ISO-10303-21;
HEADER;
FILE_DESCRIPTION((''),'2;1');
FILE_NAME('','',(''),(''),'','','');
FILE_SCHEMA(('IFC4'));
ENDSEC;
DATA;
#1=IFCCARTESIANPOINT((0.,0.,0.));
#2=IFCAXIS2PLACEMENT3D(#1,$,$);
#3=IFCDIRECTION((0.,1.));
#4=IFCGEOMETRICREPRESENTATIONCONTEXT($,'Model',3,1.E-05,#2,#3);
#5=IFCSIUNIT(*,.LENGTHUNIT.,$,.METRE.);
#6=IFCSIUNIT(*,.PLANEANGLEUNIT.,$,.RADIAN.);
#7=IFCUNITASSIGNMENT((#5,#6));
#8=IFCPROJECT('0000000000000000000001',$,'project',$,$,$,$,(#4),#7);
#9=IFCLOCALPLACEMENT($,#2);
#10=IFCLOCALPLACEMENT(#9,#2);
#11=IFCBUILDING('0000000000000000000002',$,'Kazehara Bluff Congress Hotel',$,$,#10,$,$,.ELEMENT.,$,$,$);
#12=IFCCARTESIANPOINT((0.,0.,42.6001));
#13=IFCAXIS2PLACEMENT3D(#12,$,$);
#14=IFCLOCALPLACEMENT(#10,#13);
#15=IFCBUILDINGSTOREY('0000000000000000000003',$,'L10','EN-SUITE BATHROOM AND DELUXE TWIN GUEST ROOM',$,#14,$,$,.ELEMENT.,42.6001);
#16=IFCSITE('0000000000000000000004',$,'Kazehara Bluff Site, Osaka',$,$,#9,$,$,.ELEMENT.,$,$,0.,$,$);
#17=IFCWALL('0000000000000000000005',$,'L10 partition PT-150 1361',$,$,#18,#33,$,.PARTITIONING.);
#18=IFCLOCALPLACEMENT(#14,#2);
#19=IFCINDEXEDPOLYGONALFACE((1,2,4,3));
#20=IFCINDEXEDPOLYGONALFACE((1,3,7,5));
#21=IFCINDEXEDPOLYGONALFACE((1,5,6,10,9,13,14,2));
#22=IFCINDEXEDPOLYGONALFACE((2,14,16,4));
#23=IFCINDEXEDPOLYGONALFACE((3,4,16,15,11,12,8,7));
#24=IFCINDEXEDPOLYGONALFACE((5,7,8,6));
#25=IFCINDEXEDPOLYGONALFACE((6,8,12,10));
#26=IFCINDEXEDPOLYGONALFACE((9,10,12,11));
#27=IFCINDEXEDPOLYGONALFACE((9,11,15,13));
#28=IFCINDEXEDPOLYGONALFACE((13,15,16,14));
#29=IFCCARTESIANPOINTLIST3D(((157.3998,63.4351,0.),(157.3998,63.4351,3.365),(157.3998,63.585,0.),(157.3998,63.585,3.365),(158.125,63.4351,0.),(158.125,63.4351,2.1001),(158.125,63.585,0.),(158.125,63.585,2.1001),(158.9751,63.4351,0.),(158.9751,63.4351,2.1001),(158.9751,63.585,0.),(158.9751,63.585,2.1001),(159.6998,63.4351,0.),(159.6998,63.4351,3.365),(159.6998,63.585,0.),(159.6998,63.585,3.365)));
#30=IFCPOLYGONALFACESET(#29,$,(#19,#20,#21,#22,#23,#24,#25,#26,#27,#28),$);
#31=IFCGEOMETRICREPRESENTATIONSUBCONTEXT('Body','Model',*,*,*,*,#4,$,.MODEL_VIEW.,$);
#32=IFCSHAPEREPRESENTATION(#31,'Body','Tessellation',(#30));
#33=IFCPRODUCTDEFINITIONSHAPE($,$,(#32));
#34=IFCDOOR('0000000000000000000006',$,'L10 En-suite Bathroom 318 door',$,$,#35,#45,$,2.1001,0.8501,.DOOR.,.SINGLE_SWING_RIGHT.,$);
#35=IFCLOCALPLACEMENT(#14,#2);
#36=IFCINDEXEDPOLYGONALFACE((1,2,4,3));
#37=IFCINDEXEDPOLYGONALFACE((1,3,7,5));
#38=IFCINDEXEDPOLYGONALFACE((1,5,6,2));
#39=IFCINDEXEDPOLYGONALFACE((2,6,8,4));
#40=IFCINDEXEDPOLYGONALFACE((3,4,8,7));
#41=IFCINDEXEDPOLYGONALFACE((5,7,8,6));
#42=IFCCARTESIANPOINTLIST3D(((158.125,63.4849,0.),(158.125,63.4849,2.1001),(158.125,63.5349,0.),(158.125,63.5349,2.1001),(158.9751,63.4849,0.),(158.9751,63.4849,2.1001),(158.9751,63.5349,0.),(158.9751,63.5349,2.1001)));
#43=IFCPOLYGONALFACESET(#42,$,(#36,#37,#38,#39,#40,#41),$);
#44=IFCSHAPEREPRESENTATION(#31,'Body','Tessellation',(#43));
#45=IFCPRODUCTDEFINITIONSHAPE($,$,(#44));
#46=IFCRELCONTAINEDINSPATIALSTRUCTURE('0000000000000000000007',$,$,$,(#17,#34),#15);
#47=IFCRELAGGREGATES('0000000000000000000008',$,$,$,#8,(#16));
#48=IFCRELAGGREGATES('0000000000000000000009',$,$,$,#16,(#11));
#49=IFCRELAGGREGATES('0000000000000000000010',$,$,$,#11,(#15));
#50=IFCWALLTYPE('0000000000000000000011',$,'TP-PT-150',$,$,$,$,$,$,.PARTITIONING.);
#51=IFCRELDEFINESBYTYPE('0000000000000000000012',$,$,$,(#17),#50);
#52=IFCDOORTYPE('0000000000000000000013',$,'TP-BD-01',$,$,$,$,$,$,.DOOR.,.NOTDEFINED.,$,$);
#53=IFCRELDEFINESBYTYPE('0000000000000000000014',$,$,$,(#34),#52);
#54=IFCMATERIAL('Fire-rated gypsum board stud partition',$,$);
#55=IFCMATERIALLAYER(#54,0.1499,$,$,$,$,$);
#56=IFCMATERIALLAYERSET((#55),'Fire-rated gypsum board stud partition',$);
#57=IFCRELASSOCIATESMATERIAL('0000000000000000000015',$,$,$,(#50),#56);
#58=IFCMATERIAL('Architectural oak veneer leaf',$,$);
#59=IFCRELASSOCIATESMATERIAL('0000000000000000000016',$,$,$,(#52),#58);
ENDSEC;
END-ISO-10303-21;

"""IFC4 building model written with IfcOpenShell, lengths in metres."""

from ifc_helpers import new_model, si_unit, direction, frame, frame_2d, origin, place, context, subcontext, project, spatial, rectangle, extrude, material, layer, layer_set, type_object, element, fill, save


model = new_model("IFC4")

# Units and contexts
model_context = context("Model", 3, precision=1e-05, world=origin(), true_north=direction((0.0, 1.0)))
body_context = subcontext(model_context, "Body", "Model", "MODEL_VIEW")
ifc_project = project(units=[si_unit("LENGTHUNIT", "METRE"), si_unit("PLANEANGLEUNIT", "RADIAN")], contexts=[model_context])

# Site, building, storey
site_placement = place(None, origin())
site = spatial("IfcSite", under=ifc_project, at=site_placement, Name="Kazehara Bluff Site, Osaka", CompositionType="ELEMENT", RefElevation=0.0)
building_placement = place(site_placement, origin())
building = spatial("IfcBuilding", under=site, at=building_placement, Name="Kazehara Bluff Congress Hotel", CompositionType="ELEMENT")
storey_placement = place(building_placement, frame((0.0, 0.0, 42.6001)))
storey = spatial("IfcBuildingStorey", under=building, at=storey_placement, Name="L10", Description="EN-SUITE BATHROOM AND DELUXE TWIN GUEST ROOM", CompositionType="ELEMENT", Elevation=42.6001)

# Shared definitions
ifc_material_1 = material(Name="Fire-rated gypsum board stud partition")
ifc_layer = layer(ifc_material_1, 0.1499)
ifc_layer_set = layer_set([ifc_layer], Name="Fire-rated gypsum board stud partition")
wall_type = type_object("IfcWallType", Name="TP-PT-150", PredefinedType="PARTITIONING", material=ifc_layer_set)
ifc_material_2 = material(Name="Architectural oak veneer leaf")
door_type_1 = type_object("IfcDoorType", Name="TP-BD-01", OperationType="NOTDEFINED", PredefinedType="DOOR", material=ifc_material_2)

# Wall, opening, door
wall_1_placement = place(storey_placement, frame((157.3999, 63.51, 0.0), z_axis=(0.0, 0.0, 1.0), x_axis=(1.0, 0.0, 0.0)))
wall_1 = element("IfcWall", 1, at=wall_1_placement, inside=storey, type_object=wall_type, Name="L10 partition PT-150 1361", PredefinedType="PARTITIONING", context=body_context, shape_type="SweptSolid", body=[
    extrude(rectangle(XDim=2.3, YDim=0.1499, at=frame_2d((1.1499, 0.0))), origin(), (0.0, 0.0, 1.0), 3.365),
])
opening_1_placement = place(wall_1_placement, frame((0.7251, 0.0, 0.0)))
opening_1 = element("IfcOpeningElement", 2, at=opening_1_placement, cuts=wall_1, PredefinedType="OPENING", context=body_context, shape_type="SweptSolid", body=[
    extrude(rectangle(XDim=0.8501, YDim=2.1001, at=frame_2d((0.425, 1.05))), frame((0.0, 0.085, 0.0), z_axis=(0.0, -1.0, 0.0), x_axis=(1.0, 0.0, 0.0)), (0.0, 0.0, 1.0), 0.1699),
])
door_1_placement = place(opening_1_placement, origin())
door_1 = element("IfcDoor", 3, at=door_1_placement, inside=storey, type_object=door_type_1, Name="L10 En-suite Bathroom 318 door", OperationType="SINGLE_SWING_RIGHT", OverallHeight=2.1001, OverallWidth=0.8501, PredefinedType="DOOR", context=body_context, shape_type="SweptSolid", body=[
    extrude(rectangle(XDim=0.8501, YDim=2.1001, at=frame_2d((0.425, 1.05))), frame((0.0, 0.0249, 0.0), z_axis=(0.0, -1.0, 0.0), x_axis=(1.0, 0.0, 0.0)), (0.0, 0.0, 1.0), 0.05),
])
fill(opening_1, door_1)

save(model, "model.ifc")
